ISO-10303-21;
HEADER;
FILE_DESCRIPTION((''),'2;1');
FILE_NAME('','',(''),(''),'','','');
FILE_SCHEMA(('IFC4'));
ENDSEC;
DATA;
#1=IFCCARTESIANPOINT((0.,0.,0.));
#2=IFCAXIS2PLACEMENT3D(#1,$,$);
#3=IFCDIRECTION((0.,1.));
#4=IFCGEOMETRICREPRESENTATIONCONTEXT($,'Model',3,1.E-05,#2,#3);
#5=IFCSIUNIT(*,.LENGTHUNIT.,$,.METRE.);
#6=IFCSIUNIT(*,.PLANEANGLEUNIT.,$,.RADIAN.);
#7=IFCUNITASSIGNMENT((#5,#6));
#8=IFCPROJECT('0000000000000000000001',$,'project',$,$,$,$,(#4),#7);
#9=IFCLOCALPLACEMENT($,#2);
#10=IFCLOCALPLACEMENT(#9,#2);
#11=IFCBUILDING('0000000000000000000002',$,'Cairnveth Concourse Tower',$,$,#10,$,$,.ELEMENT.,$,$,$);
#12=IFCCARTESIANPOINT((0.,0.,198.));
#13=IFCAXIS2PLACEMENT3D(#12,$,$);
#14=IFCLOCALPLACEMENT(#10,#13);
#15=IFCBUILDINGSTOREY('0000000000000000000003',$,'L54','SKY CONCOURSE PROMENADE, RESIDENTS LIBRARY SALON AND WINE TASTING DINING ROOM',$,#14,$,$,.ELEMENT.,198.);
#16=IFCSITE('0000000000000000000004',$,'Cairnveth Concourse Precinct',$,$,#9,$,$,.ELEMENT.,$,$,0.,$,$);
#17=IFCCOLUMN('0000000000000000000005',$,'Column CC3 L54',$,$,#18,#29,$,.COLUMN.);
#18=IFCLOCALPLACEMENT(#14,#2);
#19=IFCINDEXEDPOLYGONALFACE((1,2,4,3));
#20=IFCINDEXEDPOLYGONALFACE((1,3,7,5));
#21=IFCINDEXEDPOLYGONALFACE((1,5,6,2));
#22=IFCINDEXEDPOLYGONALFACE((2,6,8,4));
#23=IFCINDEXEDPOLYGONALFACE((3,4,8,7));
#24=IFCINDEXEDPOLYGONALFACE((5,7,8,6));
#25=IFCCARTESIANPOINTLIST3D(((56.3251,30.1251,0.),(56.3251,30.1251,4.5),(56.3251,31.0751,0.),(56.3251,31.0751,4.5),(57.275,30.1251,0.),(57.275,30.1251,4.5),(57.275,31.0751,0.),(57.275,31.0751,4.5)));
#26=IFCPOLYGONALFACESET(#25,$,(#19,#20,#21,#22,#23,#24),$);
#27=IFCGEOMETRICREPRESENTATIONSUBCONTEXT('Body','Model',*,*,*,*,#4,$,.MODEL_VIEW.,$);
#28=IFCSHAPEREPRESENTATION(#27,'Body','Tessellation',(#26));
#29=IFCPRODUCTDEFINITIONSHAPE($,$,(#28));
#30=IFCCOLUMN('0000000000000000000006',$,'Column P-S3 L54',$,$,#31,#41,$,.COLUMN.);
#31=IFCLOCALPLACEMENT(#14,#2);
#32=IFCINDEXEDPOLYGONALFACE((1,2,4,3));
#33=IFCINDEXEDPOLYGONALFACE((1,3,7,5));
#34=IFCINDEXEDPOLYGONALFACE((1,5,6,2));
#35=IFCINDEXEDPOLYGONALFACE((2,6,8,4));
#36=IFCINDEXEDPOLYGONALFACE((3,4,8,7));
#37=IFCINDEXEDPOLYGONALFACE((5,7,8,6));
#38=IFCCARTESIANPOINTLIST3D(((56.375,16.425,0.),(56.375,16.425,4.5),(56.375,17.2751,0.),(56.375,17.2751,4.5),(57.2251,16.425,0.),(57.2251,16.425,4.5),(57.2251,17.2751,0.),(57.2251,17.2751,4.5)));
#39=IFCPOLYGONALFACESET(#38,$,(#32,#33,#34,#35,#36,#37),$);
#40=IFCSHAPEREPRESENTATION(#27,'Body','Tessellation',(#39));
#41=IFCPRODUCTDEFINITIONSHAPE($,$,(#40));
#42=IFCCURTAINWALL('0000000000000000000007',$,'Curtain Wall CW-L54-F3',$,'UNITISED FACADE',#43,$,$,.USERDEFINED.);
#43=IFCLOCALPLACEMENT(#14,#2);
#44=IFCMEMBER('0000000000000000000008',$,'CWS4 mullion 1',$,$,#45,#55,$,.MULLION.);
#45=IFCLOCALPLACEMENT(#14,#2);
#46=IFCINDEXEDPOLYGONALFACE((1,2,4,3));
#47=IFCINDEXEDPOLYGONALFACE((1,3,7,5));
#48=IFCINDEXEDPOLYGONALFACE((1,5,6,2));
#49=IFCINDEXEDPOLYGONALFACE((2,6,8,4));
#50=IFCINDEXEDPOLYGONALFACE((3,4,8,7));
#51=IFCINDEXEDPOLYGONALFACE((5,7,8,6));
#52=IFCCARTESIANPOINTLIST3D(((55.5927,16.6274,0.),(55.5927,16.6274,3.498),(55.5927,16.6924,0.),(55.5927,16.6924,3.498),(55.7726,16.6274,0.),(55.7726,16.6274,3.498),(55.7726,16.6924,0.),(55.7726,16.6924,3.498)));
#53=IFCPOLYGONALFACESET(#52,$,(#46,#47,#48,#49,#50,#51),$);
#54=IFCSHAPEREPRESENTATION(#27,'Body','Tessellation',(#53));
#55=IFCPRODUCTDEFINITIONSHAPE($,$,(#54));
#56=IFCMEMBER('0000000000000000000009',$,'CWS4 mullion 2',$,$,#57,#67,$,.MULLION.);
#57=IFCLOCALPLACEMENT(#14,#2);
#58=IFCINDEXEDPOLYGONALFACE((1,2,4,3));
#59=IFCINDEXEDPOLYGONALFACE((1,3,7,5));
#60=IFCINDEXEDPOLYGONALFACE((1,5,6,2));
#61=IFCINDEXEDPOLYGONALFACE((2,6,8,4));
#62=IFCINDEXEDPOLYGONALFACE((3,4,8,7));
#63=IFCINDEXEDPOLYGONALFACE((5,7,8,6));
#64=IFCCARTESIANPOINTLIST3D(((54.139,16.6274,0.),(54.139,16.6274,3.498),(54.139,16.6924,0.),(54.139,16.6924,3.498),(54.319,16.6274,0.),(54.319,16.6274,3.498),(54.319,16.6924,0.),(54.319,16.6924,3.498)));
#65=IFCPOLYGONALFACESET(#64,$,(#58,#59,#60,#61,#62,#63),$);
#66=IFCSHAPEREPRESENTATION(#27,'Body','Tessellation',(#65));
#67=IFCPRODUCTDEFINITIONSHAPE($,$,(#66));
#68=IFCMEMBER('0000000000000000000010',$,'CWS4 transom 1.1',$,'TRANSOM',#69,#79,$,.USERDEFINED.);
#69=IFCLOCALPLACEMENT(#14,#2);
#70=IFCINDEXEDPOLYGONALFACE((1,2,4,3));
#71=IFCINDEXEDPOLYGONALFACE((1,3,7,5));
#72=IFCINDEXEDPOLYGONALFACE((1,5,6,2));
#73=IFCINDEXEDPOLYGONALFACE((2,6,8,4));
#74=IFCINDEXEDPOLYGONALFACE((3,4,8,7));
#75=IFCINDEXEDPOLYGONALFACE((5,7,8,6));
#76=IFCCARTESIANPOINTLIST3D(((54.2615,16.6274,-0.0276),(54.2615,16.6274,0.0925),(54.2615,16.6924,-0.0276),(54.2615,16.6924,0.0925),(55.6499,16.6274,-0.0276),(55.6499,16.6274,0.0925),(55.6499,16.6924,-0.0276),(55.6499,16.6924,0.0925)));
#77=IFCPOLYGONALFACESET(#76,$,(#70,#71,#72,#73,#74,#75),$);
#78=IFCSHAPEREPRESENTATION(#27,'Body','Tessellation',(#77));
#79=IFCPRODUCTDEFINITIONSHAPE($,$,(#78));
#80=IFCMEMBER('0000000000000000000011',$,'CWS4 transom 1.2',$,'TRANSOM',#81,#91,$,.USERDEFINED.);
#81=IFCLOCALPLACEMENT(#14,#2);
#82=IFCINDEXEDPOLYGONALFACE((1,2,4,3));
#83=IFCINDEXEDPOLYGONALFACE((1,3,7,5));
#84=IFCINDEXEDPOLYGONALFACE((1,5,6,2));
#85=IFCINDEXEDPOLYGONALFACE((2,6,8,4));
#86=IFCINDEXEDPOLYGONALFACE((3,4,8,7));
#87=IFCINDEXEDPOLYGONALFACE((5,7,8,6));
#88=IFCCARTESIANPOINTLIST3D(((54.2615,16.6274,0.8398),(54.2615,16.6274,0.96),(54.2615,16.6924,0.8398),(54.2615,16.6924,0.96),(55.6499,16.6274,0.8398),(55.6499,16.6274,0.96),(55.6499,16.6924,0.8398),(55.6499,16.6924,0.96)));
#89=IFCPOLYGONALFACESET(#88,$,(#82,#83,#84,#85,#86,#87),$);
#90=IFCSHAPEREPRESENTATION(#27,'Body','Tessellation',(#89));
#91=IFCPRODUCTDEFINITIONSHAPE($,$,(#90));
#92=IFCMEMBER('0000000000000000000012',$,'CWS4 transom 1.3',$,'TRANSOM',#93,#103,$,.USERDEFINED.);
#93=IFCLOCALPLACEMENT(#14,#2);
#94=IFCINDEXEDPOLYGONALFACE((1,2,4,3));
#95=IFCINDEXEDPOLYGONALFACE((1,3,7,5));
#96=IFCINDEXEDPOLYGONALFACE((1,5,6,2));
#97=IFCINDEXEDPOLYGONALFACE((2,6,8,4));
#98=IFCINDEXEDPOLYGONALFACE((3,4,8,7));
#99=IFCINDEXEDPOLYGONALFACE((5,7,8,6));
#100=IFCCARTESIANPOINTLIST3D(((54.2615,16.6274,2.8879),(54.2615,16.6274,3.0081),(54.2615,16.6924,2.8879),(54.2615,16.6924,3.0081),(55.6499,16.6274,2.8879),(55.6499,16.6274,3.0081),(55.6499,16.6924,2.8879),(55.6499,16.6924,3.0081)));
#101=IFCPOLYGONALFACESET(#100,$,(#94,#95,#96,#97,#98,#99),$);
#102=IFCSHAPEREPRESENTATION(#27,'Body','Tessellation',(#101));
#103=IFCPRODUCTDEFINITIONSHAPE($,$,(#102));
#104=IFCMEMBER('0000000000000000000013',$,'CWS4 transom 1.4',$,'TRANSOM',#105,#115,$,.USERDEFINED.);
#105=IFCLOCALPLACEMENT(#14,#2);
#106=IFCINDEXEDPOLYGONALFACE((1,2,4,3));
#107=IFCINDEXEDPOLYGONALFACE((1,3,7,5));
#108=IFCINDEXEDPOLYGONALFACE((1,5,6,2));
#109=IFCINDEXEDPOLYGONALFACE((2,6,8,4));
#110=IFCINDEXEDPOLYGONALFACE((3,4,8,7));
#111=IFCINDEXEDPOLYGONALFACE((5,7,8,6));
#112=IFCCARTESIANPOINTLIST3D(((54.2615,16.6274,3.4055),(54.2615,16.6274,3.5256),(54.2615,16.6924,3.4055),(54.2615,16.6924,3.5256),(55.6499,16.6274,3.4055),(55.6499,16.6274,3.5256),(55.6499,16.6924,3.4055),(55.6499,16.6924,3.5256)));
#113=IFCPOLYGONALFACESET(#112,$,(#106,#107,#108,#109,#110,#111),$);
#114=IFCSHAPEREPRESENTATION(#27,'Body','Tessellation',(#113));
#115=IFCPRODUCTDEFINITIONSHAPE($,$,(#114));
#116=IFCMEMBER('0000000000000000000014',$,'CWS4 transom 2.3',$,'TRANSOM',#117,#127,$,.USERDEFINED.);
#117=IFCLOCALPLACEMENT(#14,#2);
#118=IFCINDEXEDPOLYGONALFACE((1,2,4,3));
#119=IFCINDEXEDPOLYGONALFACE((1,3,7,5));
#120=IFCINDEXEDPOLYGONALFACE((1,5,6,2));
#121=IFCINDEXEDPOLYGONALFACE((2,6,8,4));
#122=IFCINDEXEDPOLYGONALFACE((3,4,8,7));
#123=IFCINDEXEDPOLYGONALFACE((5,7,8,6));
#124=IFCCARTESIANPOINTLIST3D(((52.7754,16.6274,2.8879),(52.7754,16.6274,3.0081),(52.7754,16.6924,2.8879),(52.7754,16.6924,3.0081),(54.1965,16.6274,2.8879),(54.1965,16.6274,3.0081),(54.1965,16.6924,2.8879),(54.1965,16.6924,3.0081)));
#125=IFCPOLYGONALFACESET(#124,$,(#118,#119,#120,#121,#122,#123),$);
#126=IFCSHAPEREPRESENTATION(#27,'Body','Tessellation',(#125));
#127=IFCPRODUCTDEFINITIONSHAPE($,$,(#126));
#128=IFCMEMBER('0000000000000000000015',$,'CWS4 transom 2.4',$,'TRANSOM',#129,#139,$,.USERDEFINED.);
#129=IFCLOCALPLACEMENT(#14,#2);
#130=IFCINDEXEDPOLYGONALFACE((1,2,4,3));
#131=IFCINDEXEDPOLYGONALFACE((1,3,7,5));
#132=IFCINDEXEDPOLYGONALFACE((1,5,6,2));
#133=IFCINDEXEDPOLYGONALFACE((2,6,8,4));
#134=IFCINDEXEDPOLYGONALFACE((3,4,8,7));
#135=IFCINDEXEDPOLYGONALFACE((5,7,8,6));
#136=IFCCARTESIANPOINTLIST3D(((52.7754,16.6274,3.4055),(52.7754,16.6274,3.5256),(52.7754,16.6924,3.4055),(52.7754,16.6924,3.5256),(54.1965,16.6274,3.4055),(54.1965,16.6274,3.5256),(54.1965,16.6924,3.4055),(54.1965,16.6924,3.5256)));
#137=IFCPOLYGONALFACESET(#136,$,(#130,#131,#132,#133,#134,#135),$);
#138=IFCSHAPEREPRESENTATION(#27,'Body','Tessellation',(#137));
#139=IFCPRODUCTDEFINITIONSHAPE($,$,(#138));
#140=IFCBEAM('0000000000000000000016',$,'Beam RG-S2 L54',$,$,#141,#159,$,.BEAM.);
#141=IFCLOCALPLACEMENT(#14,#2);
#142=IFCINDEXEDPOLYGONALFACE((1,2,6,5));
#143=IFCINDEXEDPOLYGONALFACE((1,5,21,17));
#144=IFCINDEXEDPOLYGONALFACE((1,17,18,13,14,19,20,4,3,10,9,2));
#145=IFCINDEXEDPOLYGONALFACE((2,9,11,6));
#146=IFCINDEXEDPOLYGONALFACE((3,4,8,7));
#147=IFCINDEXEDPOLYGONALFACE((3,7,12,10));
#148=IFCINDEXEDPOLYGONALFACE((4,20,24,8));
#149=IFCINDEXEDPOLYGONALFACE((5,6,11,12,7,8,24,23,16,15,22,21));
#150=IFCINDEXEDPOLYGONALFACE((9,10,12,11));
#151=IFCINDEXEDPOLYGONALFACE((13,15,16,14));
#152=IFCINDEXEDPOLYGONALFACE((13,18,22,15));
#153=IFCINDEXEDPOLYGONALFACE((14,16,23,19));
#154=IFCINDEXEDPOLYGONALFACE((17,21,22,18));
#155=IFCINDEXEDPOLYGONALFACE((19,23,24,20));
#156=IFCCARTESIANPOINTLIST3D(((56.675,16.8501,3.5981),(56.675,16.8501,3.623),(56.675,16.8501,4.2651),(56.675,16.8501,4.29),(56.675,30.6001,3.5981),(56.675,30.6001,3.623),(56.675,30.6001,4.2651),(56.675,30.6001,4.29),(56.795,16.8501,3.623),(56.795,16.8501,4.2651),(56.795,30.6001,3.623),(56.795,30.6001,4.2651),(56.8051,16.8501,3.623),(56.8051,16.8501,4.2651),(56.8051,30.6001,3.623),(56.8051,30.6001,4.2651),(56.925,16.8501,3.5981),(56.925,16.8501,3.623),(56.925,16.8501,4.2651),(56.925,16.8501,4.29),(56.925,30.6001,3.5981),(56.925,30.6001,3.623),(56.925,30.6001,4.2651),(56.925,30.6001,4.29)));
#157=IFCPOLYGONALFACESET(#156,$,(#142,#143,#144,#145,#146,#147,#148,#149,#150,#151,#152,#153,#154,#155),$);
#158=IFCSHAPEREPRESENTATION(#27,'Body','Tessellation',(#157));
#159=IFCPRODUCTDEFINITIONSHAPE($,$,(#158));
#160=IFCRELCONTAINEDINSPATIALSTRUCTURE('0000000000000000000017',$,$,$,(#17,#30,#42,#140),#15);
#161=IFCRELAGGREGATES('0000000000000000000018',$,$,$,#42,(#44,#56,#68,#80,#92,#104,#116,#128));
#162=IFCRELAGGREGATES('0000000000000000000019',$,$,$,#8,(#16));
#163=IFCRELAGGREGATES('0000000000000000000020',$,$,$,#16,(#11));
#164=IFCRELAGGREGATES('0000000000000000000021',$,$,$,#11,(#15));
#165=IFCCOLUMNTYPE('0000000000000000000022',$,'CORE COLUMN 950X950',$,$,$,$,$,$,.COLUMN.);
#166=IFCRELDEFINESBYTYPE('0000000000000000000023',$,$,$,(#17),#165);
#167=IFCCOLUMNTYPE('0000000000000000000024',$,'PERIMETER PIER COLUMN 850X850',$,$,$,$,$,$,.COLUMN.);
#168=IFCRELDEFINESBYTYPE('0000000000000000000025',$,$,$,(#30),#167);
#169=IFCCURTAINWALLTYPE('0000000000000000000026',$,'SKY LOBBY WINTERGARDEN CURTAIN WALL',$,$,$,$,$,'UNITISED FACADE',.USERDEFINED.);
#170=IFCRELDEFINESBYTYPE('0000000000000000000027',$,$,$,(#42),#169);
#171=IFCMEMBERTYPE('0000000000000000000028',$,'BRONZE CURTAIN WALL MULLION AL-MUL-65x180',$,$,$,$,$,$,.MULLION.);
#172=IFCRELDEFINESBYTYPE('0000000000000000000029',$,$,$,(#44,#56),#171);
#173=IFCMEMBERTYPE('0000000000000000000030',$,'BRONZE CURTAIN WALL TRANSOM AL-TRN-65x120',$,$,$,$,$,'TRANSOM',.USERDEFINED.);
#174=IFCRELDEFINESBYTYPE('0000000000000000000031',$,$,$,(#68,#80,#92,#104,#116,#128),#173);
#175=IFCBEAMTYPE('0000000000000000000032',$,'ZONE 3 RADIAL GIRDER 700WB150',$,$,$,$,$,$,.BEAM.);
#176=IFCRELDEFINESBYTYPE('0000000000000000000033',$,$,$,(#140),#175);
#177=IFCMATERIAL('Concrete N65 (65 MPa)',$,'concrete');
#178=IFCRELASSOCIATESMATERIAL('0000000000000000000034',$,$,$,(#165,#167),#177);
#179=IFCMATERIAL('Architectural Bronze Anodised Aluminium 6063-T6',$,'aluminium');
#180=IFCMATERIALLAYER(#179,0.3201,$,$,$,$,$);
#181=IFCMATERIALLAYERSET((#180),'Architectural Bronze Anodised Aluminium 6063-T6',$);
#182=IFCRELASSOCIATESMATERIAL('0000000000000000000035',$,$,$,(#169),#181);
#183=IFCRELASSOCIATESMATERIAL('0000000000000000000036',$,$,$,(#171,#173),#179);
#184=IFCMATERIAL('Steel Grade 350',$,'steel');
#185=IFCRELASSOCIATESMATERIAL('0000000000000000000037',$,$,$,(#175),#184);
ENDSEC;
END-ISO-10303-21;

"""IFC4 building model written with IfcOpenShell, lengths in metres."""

from ifc_helpers import new_model, si_unit, direction, frame, origin, origin_2d, place, context, subcontext, project, spatial, rectangle, i_section, extrude, material, layer, layer_set, material_profile, profile_set, type_object, element, aggregate, save


model = new_model("IFC4")

# Units and contexts
model_context = context("Model", 3, precision=1e-05, world=origin(), true_north=direction((0.0, 1.0)))
body_context = subcontext(model_context, "Body", "Model", "MODEL_VIEW")
ifc_project = project(units=[si_unit("LENGTHUNIT", "METRE"), si_unit("PLANEANGLEUNIT", "RADIAN")], contexts=[model_context])

# Site, building, storey
site_placement = place(None, origin())
site = spatial("IfcSite", under=ifc_project, at=site_placement, Name="Cairnveth Concourse Precinct", CompositionType="ELEMENT", RefElevation=0.0)
building_placement = place(site_placement, origin())
building = spatial("IfcBuilding", under=site, at=building_placement, Name="Cairnveth Concourse Tower", CompositionType="ELEMENT")
storey_placement = place(building_placement, frame((0.0, 0.0, 198.0)))
storey = spatial("IfcBuildingStorey", under=building, at=storey_placement, Name="L54", Description="SKY CONCOURSE PROMENADE, RESIDENTS LIBRARY SALON AND WINE TASTING DINING ROOM", CompositionType="ELEMENT", Elevation=198.0)

# Columns
ifc_material_1 = material(Name="Concrete N65 (65 MPa)", Category="concrete")
ifc_material_profile_1 = material_profile(ifc_material_1, rectangle(XDim=0.95, YDim=0.95, at=origin_2d()), Name="RC-COL-950x950")
ifc_profile_set_1 = profile_set([ifc_material_profile_1], Name="Concrete N65 (65 MPa)")
column_type_1 = type_object("IfcColumnType", Name="CORE COLUMN 950X950", PredefinedType="COLUMN", material=ifc_profile_set_1)
column_1_placement = place(storey_placement, frame((56.8, 30.6001, 0.0), z_axis=(0.0, 0.0, 1.0), x_axis=(1.0, 0.0, 0.0)))
element("IfcColumn", 1, at=column_1_placement, inside=storey, type_object=column_type_1, Name="Column CC3 L54", PredefinedType="COLUMN", context=body_context, shape_type="SweptSolid", body=[
    extrude(rectangle(XDim=0.95, YDim=0.95, at=origin_2d()), origin(), (0.0, 0.0, 1.0), 4.5),
])
ifc_material_profile_2 = material_profile(ifc_material_1, rectangle(XDim=0.8501, YDim=0.8501, at=origin_2d()), Name="RC-COL-850x850")
ifc_profile_set_2 = profile_set([ifc_material_profile_2], Name="Concrete N65 (65 MPa)")
column_type_2 = type_object("IfcColumnType", Name="PERIMETER PIER COLUMN 850X850", PredefinedType="COLUMN", material=ifc_profile_set_2)
column_2_placement = place(storey_placement, frame((56.8, 16.8501, 0.0), z_axis=(0.0, 0.0, 1.0), x_axis=(1.0, 0.0, 0.0)))
element("IfcColumn", 2, at=column_2_placement, inside=storey, type_object=column_type_2, Name="Column P-S3 L54", PredefinedType="COLUMN", context=body_context, shape_type="SweptSolid", body=[
    extrude(rectangle(XDim=0.8501, YDim=0.8501, at=origin_2d()), origin(), (0.0, 0.0, 1.0), 4.5),
])

# Curtain wall, members
ifc_material_2 = material(Name="Architectural Bronze Anodised Aluminium 6063-T6", Category="aluminium")
ifc_layer_1 = layer(ifc_material_2, 0.3201)
ifc_layer_set_1 = layer_set([ifc_layer_1], Name="Architectural Bronze Anodised Aluminium 6063-T6")
curtain_wall_type = type_object("IfcCurtainWallType", Name="SKY LOBBY WINTERGARDEN CURTAIN WALL", ElementType="UNITISED FACADE", PredefinedType="USERDEFINED", material=ifc_layer_set_1)
curtain_wall_placement = place(storey_placement, origin())
curtain_wall = element("IfcCurtainWall", 3, at=curtain_wall_placement, inside=storey, type_object=curtain_wall_type, Name="Curtain Wall CW-L54-F3", ObjectType="UNITISED FACADE", PredefinedType="USERDEFINED")
ifc_material_profile_3 = material_profile(ifc_material_2, rectangle(XDim=0.0649, YDim=0.1799, at=origin_2d()), Name="AL-MUL-65x180")
ifc_profile_set_3 = profile_set([ifc_material_profile_3], Name="Architectural Bronze Anodised Aluminium 6063-T6")
member_type_1 = type_object("IfcMemberType", Name="BRONZE CURTAIN WALL MULLION AL-MUL-65x180", PredefinedType="MULLION", material=ifc_profile_set_3)
member_1_placement = place(storey_placement, frame((55.6826, 16.6599, 0.0), z_axis=(0.0, 0.0, 1.0), x_axis=(0.0, -1.0, 0.0)))
member_1 = element("IfcMember", 4, at=member_1_placement, type_object=member_type_1, Name="CWS4 mullion 1", PredefinedType="MULLION", context=body_context, shape_type="SweptSolid", body=[
    extrude(rectangle(XDim=0.0649, YDim=0.1799, at=origin_2d()), origin(), (0.0, 0.0, 1.0), 3.498),
])
member_2_placement = place(storey_placement, frame((54.229, 16.6599, 0.0), z_axis=(0.0, 0.0, 1.0), x_axis=(0.0, -1.0, 0.0)))
member_2 = element("IfcMember", 5, at=member_2_placement, type_object=member_type_1, Name="CWS4 mullion 2", PredefinedType="MULLION", context=body_context, shape_type="SweptSolid", body=[
    extrude(rectangle(XDim=0.0649, YDim=0.1799, at=origin_2d()), origin(), (0.0, 0.0, 1.0), 3.498),
])
ifc_material_profile_4 = material_profile(ifc_material_2, rectangle(XDim=0.0649, YDim=0.1201, at=origin_2d()), Name="AL-TRN-65x120")
ifc_profile_set_4 = profile_set([ifc_material_profile_4], Name="Architectural Bronze Anodised Aluminium 6063-T6")
member_type_2 = type_object("IfcMemberType", Name="BRONZE CURTAIN WALL TRANSOM AL-TRN-65x120", ElementType="TRANSOM", PredefinedType="USERDEFINED", material=ifc_profile_set_4)
member_3_placement = place(storey_placement, frame((55.6499, 16.6599, 0.0325), z_axis=(-1.0, 0.0, 0.0), x_axis=(0.0, -1.0, 0.0)))
member_3 = element("IfcMember", 6, at=member_3_placement, type_object=member_type_2, Name="CWS4 transom 1.1", ObjectType="TRANSOM", PredefinedType="USERDEFINED", context=body_context, shape_type="SweptSolid", body=[
    extrude(rectangle(XDim=0.0649, YDim=0.1201, at=origin_2d()), origin(), (0.0, 0.0, 1.0), 1.3884),
])
member_4_placement = place(storey_placement, frame((55.6499, 16.6599, 0.8999), z_axis=(-1.0, 0.0, 0.0), x_axis=(0.0, -1.0, 0.0)))
member_4 = element("IfcMember", 7, at=member_4_placement, type_object=member_type_2, Name="CWS4 transom 1.2", ObjectType="TRANSOM", PredefinedType="USERDEFINED", context=body_context, shape_type="SweptSolid", body=[
    extrude(rectangle(XDim=0.0649, YDim=0.1201, at=origin_2d()), origin(), (0.0, 0.0, 1.0), 1.3884),
])
member_5_placement = place(storey_placement, frame((55.6499, 16.6599, 2.948), z_axis=(-1.0, 0.0, 0.0), x_axis=(0.0, -1.0, 0.0)))
member_5 = element("IfcMember", 8, at=member_5_placement, type_object=member_type_2, Name="CWS4 transom 1.3", ObjectType="TRANSOM", PredefinedType="USERDEFINED", context=body_context, shape_type="SweptSolid", body=[
    extrude(rectangle(XDim=0.0649, YDim=0.1201, at=origin_2d()), origin(), (0.0, 0.0, 1.0), 1.3884),
])
member_6_placement = place(storey_placement, frame((55.6499, 16.6599, 3.4656), z_axis=(-1.0, 0.0, 0.0), x_axis=(0.0, -1.0, 0.0)))
member_6 = element("IfcMember", 9, at=member_6_placement, type_object=member_type_2, Name="CWS4 transom 1.4", ObjectType="TRANSOM", PredefinedType="USERDEFINED", context=body_context, shape_type="SweptSolid", body=[
    extrude(rectangle(XDim=0.0649, YDim=0.1201, at=origin_2d()), origin(), (0.0, 0.0, 1.0), 1.3884),
])
member_7_placement = place(storey_placement, frame((54.1965, 16.6599, 2.948), z_axis=(-1.0, 0.0, 0.0), x_axis=(0.0, -1.0, 0.0)))
member_7 = element("IfcMember", 10, at=member_7_placement, type_object=member_type_2, Name="CWS4 transom 2.3", ObjectType="TRANSOM", PredefinedType="USERDEFINED", context=body_context, shape_type="SweptSolid", body=[
    extrude(rectangle(XDim=0.0649, YDim=0.1201, at=origin_2d()), origin(), (0.0, 0.0, 1.0), 1.4211),
])
member_8_placement = place(storey_placement, frame((54.1965, 16.6599, 3.4656), z_axis=(-1.0, 0.0, 0.0), x_axis=(0.0, -1.0, 0.0)))
member_8 = element("IfcMember", 11, at=member_8_placement, type_object=member_type_2, Name="CWS4 transom 2.4", ObjectType="TRANSOM", PredefinedType="USERDEFINED", context=body_context, shape_type="SweptSolid", body=[
    extrude(rectangle(XDim=0.0649, YDim=0.1201, at=origin_2d()), origin(), (0.0, 0.0, 1.0), 1.4211),
])

# Beam
ifc_material_3 = material(Name="Steel Grade 350", Category="steel")
ifc_material_profile_5 = material_profile(ifc_material_3, i_section(OverallWidth=0.25, OverallDepth=0.6919, WebThickness=0.01, FlangeThickness=0.0249, at=origin_2d()), Name="700WB150")
ifc_profile_set_5 = profile_set([ifc_material_profile_5], Name="Steel Grade 350")
beam_type_1 = type_object("IfcBeamType", Name="ZONE 3 RADIAL GIRDER 700WB150", PredefinedType="BEAM", material=ifc_profile_set_5)
beam_1_placement = place(storey_placement, frame((56.8, 16.8501, 3.9441), z_axis=(0.0, 1.0, 0.0), x_axis=(-1.0, 0.0, 0.0)))
element("IfcBeam", 12, at=beam_1_placement, inside=storey, type_object=beam_type_1, Name="Beam RG-S2 L54", PredefinedType="BEAM", context=body_context, shape_type="SweptSolid", body=[
    extrude(i_section(OverallWidth=0.25, OverallDepth=0.6919, WebThickness=0.01, FlangeThickness=0.0249, at=origin_2d()), origin(), (0.0, 0.0, 1.0), 13.75),
])

aggregate(curtain_wall, [member_1, member_2, member_3, member_4, member_5, member_6, member_7, member_8])

save(model, "model.ifc")
